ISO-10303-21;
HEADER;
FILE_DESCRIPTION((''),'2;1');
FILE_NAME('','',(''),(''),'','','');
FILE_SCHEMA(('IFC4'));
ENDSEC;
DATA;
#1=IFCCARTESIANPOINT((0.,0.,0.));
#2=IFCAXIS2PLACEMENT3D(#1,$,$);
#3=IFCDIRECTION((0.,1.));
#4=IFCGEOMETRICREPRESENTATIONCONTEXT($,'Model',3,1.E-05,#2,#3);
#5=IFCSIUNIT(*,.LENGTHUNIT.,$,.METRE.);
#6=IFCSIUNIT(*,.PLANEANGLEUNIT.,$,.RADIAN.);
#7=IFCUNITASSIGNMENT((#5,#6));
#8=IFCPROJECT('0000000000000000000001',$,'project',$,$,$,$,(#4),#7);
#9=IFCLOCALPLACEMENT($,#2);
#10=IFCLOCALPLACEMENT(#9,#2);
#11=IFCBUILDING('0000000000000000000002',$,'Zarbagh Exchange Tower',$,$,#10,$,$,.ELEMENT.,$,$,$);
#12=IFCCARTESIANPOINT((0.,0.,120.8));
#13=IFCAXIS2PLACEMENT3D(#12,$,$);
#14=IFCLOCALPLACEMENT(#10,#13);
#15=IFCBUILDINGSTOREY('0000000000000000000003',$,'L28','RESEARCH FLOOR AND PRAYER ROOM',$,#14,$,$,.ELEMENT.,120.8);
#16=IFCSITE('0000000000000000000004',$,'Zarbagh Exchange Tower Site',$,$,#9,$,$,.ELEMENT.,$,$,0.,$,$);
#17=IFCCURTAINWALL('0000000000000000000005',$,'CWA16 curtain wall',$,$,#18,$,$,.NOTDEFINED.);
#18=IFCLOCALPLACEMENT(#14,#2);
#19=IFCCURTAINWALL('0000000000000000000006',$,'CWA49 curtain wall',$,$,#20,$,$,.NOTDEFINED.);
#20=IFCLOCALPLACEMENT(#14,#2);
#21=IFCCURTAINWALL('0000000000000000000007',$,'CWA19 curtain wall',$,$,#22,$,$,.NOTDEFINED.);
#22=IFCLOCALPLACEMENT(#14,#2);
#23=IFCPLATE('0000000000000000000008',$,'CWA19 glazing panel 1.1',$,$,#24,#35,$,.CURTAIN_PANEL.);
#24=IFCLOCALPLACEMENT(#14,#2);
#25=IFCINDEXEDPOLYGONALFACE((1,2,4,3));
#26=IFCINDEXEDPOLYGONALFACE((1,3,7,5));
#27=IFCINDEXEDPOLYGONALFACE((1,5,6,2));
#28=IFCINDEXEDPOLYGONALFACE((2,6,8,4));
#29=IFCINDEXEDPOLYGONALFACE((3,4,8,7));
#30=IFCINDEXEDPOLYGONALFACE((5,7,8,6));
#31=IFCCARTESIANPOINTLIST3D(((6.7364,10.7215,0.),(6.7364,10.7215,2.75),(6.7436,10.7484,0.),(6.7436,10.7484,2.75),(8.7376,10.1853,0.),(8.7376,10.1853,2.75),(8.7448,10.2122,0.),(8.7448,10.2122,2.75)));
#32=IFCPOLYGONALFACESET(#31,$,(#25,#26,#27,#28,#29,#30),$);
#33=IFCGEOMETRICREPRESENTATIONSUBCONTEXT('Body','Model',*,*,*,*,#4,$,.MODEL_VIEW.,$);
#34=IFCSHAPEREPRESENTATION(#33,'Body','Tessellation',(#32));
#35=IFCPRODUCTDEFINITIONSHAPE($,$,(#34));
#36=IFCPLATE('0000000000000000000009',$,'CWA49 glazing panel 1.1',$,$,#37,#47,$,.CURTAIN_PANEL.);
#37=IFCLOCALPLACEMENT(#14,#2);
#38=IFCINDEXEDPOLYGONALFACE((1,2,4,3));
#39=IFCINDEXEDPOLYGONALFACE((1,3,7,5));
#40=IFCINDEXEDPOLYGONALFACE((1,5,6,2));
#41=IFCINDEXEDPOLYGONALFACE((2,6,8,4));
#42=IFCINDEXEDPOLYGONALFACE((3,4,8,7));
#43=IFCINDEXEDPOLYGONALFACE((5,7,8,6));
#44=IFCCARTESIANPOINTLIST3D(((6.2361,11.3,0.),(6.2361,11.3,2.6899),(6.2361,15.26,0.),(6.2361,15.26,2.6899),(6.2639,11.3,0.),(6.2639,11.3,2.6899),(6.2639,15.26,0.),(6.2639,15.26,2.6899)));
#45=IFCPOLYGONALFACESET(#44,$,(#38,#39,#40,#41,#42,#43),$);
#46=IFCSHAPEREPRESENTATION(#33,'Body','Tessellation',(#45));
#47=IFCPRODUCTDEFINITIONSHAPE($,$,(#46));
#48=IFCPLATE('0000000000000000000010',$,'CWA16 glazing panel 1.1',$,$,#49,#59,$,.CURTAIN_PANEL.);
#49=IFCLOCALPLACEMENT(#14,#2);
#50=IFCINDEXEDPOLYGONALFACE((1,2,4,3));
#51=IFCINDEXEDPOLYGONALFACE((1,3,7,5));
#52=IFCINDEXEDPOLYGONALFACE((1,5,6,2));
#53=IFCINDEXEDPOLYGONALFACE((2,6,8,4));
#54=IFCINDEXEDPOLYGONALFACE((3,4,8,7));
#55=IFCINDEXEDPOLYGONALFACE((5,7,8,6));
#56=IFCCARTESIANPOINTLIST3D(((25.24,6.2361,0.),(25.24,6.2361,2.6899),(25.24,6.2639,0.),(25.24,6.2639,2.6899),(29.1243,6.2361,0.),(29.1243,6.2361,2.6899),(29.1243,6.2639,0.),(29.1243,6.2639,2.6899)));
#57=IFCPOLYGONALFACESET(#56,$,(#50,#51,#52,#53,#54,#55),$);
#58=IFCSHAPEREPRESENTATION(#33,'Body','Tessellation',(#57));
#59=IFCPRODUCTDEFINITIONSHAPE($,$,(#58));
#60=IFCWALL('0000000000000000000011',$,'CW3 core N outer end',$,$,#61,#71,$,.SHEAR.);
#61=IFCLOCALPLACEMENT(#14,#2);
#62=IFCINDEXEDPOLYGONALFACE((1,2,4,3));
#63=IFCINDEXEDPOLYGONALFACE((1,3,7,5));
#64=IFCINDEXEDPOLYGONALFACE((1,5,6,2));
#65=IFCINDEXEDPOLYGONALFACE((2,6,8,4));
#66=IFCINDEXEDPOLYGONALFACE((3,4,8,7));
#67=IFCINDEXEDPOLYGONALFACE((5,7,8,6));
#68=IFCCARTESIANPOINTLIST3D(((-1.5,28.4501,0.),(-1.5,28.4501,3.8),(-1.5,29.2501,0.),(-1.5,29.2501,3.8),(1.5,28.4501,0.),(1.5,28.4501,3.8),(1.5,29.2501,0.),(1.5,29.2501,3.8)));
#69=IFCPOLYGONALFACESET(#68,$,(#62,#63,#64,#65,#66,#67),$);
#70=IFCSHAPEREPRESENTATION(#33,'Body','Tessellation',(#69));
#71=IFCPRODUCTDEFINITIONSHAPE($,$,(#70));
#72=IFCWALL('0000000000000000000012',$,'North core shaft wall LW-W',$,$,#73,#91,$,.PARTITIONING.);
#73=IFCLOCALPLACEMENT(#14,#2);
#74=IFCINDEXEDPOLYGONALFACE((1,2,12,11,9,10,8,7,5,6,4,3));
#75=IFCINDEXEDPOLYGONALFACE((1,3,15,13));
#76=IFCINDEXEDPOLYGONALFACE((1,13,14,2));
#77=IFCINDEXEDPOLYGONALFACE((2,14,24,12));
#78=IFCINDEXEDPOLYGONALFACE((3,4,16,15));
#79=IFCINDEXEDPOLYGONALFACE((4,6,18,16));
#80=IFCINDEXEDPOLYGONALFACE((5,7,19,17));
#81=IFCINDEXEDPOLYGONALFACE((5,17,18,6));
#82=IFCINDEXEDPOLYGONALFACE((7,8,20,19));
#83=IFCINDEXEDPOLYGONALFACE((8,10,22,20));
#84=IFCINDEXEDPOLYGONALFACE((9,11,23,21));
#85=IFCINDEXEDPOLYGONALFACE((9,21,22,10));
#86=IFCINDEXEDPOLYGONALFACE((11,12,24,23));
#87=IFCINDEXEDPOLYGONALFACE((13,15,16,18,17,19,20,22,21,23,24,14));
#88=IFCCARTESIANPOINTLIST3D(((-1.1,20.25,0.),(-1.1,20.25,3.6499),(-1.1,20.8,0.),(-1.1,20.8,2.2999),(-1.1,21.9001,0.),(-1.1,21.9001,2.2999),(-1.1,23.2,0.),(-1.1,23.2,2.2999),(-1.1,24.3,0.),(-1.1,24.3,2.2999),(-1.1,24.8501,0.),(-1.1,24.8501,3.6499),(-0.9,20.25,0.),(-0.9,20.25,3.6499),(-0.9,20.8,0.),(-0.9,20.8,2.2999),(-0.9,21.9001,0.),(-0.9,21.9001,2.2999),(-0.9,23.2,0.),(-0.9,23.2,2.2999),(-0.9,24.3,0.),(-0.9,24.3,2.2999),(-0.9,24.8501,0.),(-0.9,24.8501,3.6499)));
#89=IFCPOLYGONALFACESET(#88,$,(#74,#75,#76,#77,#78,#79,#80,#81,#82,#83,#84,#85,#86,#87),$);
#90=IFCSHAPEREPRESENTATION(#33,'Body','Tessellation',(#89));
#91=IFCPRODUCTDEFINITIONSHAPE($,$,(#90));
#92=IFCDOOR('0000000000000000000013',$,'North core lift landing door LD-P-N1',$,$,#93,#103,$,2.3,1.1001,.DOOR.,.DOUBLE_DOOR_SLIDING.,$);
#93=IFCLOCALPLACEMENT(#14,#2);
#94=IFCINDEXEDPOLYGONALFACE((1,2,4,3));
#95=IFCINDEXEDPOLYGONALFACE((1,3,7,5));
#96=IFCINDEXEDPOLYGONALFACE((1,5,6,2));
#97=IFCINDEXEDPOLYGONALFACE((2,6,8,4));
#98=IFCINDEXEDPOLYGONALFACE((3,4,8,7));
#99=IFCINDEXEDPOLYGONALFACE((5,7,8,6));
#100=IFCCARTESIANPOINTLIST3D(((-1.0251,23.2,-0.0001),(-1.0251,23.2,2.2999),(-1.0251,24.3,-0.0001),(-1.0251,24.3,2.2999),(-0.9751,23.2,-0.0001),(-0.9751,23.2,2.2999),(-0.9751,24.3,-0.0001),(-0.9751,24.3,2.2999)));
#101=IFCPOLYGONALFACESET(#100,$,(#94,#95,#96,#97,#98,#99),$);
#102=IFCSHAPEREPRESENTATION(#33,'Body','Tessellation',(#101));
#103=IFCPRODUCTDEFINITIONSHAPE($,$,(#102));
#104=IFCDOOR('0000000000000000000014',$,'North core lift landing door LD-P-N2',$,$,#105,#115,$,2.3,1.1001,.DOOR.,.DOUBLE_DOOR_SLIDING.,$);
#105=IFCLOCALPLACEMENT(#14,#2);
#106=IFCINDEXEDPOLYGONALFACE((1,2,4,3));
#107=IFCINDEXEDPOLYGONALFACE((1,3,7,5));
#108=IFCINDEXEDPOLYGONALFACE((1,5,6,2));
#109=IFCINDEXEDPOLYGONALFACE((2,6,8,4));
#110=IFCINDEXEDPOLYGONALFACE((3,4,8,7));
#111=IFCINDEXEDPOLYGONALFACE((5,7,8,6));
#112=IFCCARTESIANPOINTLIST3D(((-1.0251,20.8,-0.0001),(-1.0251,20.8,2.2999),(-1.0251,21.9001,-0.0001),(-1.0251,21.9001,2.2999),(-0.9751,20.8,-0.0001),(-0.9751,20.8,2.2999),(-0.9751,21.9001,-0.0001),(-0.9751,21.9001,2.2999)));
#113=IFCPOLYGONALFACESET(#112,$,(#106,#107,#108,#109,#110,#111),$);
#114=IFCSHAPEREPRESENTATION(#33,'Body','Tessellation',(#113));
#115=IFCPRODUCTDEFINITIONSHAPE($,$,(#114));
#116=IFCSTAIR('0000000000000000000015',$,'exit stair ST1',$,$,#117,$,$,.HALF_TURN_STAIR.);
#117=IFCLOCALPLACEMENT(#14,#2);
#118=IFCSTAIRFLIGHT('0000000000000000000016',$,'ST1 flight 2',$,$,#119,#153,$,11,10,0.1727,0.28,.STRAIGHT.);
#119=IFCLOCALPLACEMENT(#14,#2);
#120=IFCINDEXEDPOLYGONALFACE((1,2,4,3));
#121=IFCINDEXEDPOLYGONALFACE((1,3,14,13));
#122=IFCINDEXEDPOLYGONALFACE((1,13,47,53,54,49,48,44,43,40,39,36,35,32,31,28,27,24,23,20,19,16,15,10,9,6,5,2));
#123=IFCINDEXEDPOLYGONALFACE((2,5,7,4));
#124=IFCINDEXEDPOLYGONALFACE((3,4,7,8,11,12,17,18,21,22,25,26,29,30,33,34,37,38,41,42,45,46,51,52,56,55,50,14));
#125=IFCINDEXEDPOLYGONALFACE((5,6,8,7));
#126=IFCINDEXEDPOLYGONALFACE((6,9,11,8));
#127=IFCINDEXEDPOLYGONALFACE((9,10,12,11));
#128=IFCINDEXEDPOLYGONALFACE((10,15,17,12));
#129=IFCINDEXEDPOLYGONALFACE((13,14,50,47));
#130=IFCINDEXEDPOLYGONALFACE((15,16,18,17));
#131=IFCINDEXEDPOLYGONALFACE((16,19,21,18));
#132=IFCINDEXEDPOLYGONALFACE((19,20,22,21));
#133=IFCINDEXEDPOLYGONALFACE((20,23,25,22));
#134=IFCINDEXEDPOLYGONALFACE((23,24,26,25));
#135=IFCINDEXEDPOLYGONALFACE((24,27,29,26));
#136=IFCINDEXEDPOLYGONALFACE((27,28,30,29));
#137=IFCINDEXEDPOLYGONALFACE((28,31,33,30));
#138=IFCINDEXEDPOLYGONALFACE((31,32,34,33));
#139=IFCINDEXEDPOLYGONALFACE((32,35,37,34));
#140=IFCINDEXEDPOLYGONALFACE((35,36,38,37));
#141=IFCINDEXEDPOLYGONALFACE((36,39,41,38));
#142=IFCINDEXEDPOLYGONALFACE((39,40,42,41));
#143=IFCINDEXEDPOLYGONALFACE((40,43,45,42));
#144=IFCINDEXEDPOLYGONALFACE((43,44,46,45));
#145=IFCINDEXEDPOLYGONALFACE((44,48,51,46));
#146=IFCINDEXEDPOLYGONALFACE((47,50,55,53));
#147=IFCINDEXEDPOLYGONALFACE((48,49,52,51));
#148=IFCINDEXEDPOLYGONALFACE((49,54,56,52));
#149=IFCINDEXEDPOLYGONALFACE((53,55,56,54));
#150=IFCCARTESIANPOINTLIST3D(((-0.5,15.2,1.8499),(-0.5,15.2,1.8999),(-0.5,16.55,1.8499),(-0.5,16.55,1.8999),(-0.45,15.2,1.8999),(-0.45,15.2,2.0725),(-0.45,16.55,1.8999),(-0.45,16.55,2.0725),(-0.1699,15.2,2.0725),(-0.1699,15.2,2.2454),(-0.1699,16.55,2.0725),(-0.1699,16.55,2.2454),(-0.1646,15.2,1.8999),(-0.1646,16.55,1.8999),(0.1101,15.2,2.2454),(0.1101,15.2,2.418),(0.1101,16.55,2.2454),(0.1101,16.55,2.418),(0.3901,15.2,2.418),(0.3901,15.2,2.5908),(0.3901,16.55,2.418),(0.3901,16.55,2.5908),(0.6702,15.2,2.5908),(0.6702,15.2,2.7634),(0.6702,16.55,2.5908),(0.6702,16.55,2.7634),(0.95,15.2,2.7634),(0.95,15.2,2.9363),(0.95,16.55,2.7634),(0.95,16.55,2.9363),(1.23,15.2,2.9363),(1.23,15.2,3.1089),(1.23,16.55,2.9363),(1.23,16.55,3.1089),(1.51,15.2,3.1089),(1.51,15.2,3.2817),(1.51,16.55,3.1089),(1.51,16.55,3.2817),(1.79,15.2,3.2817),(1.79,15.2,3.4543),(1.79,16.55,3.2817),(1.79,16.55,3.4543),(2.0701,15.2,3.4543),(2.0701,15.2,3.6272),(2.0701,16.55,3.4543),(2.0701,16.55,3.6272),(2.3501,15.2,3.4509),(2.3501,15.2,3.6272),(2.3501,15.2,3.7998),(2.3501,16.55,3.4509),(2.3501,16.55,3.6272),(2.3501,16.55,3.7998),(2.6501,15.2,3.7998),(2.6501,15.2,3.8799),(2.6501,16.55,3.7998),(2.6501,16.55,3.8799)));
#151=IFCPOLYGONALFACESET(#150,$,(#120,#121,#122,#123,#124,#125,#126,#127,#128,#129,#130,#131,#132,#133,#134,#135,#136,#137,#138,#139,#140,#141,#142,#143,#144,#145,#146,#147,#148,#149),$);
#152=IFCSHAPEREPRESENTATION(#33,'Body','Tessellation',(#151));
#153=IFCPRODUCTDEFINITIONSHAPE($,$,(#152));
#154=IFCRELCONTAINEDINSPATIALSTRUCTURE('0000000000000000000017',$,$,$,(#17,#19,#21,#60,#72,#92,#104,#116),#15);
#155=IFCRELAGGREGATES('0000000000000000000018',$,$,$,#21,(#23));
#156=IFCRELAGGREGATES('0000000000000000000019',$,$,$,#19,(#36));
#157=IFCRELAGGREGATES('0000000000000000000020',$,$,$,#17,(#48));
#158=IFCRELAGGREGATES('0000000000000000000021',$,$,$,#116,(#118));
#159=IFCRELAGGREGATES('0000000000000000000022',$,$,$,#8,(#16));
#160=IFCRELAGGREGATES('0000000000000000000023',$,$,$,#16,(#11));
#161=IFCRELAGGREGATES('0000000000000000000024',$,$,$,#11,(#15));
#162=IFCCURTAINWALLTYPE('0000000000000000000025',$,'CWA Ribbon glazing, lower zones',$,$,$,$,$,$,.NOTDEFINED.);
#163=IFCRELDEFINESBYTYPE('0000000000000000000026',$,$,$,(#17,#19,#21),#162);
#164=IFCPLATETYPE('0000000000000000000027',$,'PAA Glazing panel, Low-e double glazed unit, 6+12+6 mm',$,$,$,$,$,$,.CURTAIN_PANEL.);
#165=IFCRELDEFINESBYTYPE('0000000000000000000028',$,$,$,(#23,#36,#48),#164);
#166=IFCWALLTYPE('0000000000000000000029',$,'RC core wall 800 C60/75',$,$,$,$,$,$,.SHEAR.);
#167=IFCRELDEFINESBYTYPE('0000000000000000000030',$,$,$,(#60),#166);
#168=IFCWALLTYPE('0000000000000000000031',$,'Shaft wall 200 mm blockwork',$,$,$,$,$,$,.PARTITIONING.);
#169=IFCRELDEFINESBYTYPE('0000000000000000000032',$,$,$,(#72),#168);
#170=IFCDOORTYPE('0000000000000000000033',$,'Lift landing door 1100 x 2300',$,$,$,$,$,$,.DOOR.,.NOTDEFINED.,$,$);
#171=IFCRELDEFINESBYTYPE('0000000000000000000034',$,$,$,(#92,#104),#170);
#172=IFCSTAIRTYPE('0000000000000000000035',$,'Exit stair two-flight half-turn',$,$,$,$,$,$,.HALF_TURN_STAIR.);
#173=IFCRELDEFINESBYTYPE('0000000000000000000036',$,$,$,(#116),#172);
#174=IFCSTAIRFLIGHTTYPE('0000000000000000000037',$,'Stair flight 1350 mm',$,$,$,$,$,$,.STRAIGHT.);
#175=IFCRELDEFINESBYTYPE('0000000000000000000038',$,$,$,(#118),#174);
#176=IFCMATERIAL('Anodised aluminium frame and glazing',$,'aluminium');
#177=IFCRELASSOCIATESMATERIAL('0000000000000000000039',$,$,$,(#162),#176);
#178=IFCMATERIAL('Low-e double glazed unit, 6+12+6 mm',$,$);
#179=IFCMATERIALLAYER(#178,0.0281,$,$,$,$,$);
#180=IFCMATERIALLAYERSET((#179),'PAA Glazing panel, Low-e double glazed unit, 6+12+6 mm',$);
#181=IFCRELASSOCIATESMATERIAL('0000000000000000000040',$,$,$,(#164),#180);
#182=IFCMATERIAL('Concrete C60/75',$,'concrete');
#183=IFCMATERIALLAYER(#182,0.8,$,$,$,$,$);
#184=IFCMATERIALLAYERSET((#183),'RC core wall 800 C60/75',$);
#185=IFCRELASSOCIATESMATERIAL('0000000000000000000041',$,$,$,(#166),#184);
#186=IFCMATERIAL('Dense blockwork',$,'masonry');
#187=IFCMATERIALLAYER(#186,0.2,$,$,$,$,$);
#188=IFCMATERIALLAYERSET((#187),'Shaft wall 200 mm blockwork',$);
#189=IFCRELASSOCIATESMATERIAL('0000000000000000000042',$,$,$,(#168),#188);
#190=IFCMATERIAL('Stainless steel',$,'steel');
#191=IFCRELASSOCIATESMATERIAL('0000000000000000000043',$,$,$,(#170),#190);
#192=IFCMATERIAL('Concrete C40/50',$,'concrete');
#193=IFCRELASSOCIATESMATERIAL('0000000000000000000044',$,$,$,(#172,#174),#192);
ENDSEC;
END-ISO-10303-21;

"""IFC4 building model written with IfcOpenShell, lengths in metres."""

from ifc_helpers import new_model, si_unit, direction, frame, frame_2d, origin, place, context, subcontext, project, spatial, polyline, rectangle, outline, extrude, source, transform, mapped, material, layer, layer_set, type_object, element, fill, aggregate, save


model = new_model("IFC4")

# Units and contexts
model_context = context("Model", 3, precision=1e-05, world=origin(), true_north=direction((0.0, 1.0)))
body_context = subcontext(model_context, "Body", "Model", "MODEL_VIEW")
ifc_project = project(units=[si_unit("LENGTHUNIT", "METRE"), si_unit("PLANEANGLEUNIT", "RADIAN")], contexts=[model_context])

# Site, building, storey
site_placement = place(None, origin())
site = spatial("IfcSite", under=ifc_project, at=site_placement, Name="Zarbagh Exchange Tower Site", CompositionType="ELEMENT", RefElevation=0.0)
building_placement = place(site_placement, origin())
building = spatial("IfcBuilding", under=site, at=building_placement, Name="Zarbagh Exchange Tower", CompositionType="ELEMENT")
storey_placement = place(building_placement, frame((0.0, 0.0, 120.8)))
storey = spatial("IfcBuildingStorey", under=building, at=storey_placement, Name="L28", Description="RESEARCH FLOOR AND PRAYER ROOM", CompositionType="ELEMENT", Elevation=120.8)

# Curtain wall
ifc_material_1 = material(Name="Anodised aluminium frame and glazing", Category="aluminium")
curtain_wall_type = type_object("IfcCurtainWallType", Name="CWA Ribbon glazing, lower zones", PredefinedType="NOTDEFINED", material=ifc_material_1)
curtain_wall_1_placement = place(storey_placement, origin())
curtain_wall_1 = element("IfcCurtainWall", 1, at=curtain_wall_1_placement, inside=storey, type_object=curtain_wall_type, Name="CWA16 curtain wall", PredefinedType="NOTDEFINED")
placement = place(storey_placement, origin())

# Curtain wall
curtain_wall_2_placement = place(storey_placement, origin())
curtain_wall_2 = element("IfcCurtainWall", 2, at=curtain_wall_2_placement, inside=storey, type_object=curtain_wall_type, Name="CWA49 curtain wall", PredefinedType="NOTDEFINED")

# Shared definitions
ifc_material_2 = material(Name="Low-e double glazed unit, 6+12+6 mm")
ifc_layer_1 = layer(ifc_material_2, 0.0281)
ifc_layer_set_1 = layer_set([ifc_layer_1], Name="PAA Glazing panel, Low-e double glazed unit, 6+12+6 mm")
plate_type = type_object("IfcPlateType", Name="PAA Glazing panel, Low-e double glazed unit, 6+12+6 mm", PredefinedType="CURTAIN_PANEL", material=ifc_layer_set_1)

# Curtain wall, plate
curtain_wall_3_placement = place(storey_placement, origin())
curtain_wall_3 = element("IfcCurtainWall", 3, at=curtain_wall_3_placement, inside=storey, type_object=curtain_wall_type, Name="CWA19 curtain wall", PredefinedType="NOTDEFINED")
shared_shape_1 = source(origin(), body_context, "Body", "SweptSolid", [
    extrude(outline(polyline([(0.0, -0.0139), (2.0718, -0.0139), (2.0718, 0.0139), (0.0, 0.0139), (0.0, -0.0139)])), origin(), (0.0, 0.0, 1.0), 2.75),
])
plate_1 = element("IfcPlate", 4, at=placement, type_object=plate_type, Name="CWA19 glazing panel 1.1", PredefinedType="CURTAIN_PANEL", context=body_context, shape_type="MappedRepresentation", body=[
    mapped(shared_shape_1, transform((8.7412, 10.1987, 0.0), x_axis=(-0.965924, 0.258825, 0.0), y_axis=(-0.258825, -0.965924, 0.0), z_axis=(0.0, 0.0, 1.0))),
])
aggregate(curtain_wall_3, [plate_1])

# Plates
shared_shape_2 = source(origin(), body_context, "Body", "SweptSolid", [
    extrude(outline(polyline([(0.0, -0.0139), (3.96, -0.0139), (3.96, 0.0139), (0.0, 0.0139), (0.0, -0.0139)])), origin(), (0.0, 0.0, 1.0), 2.6899),
])
plate_2 = element("IfcPlate", 5, at=placement, type_object=plate_type, Name="CWA49 glazing panel 1.1", PredefinedType="CURTAIN_PANEL", context=body_context, shape_type="MappedRepresentation", body=[
    mapped(shared_shape_2, transform((6.25, 11.3, 0.0), x_axis=(0.0, 1.0, 0.0), y_axis=(-1.0, 0.0, 0.0), z_axis=(0.0, 0.0, 1.0))),
])
aggregate(curtain_wall_2, [plate_2])
shared_shape_3 = source(origin(), body_context, "Body", "SweptSolid", [
    extrude(outline(polyline([(0.0, -0.0139), (3.8843, -0.0139), (3.8843, 0.0139), (0.0, 0.0139), (0.0, -0.0139)])), origin(), (0.0, 0.0, 1.0), 2.6899),
])
plate_3 = element("IfcPlate", 6, at=placement, type_object=plate_type, Name="CWA16 glazing panel 1.1", PredefinedType="CURTAIN_PANEL", context=body_context, shape_type="MappedRepresentation", body=[
    mapped(shared_shape_3, transform((29.1243, 6.25, 0.0), x_axis=(-1.0, 0.0, 0.0), y_axis=(0.0, -1.0, 0.0), z_axis=(0.0, 0.0, 1.0))),
])
aggregate(curtain_wall_1, [plate_3])

# Wall
ifc_material_3 = material(Name="Concrete C60/75", Category="concrete")
ifc_layer_2 = layer(ifc_material_3, 0.8)
ifc_layer_set_2 = layer_set([ifc_layer_2], Name="RC core wall 800 C60/75")
wall_type_1 = type_object("IfcWallType", Name="RC core wall 800 C60/75", PredefinedType="SHEAR", material=ifc_layer_set_2)
wall_1_placement = place(storey_placement, frame((-1.5, 28.8501, 0.0), z_axis=(0.0, 0.0, 1.0), x_axis=(1.0, 0.0, 0.0)))
element("IfcWall", 7, at=wall_1_placement, inside=storey, type_object=wall_type_1, Name="CW3 core N outer end", PredefinedType="SHEAR", context=body_context, shape_type="SweptSolid", body=[
    extrude(rectangle(XDim=3.0, YDim=0.8, at=frame_2d((1.5, 0.0))), origin(), (0.0, 0.0, 1.0), 3.8),
])

# Wall, openings, doors
ifc_material_4 = material(Name="Dense blockwork", Category="masonry")
ifc_layer_3 = layer(ifc_material_4, 0.2)
ifc_layer_set_3 = layer_set([ifc_layer_3], Name="Shaft wall 200 mm blockwork")
wall_type_2 = type_object("IfcWallType", Name="Shaft wall 200 mm blockwork", PredefinedType="PARTITIONING", material=ifc_layer_set_3)
wall_2_placement = place(storey_placement, frame((-1.0, 24.8501, 0.0), z_axis=(0.0, 0.0, 1.0), x_axis=(0.0, -1.0, 0.0)))
wall_2 = element("IfcWall", 8, at=wall_2_placement, inside=storey, type_object=wall_type_2, Name="North core shaft wall LW-W", PredefinedType="PARTITIONING", context=body_context, shape_type="SweptSolid", body=[
    extrude(rectangle(XDim=4.6001, YDim=0.2, at=frame_2d((2.3, 0.0))), origin(), (0.0, 0.0, 1.0), 3.6499),
])
opening_1_placement = place(wall_2_placement, frame((0.55, 0.0, 0.0)))
opening_1 = element("IfcOpeningElement", 9, at=opening_1_placement, cuts=wall_2, PredefinedType="OPENING", context=body_context, shape_type="SweptSolid", body=[
    extrude(rectangle(XDim=1.1001, YDim=2.3, at=frame_2d((0.55, 1.1499))), frame((0.0, 0.1099, 0.0), z_axis=(0.0, -1.0, 0.0), x_axis=(1.0, 0.0, 0.0)), (0.0, 0.0, 1.0), 0.22),
])
opening_2_placement = place(wall_2_placement, frame((2.95, 0.0, 0.0)))
opening_2 = element("IfcOpeningElement", 10, at=opening_2_placement, cuts=wall_2, PredefinedType="OPENING", context=body_context, shape_type="SweptSolid", body=[
    extrude(rectangle(XDim=1.1001, YDim=2.3, at=frame_2d((0.55, 1.1499))), frame((0.0, 0.1099, 0.0), z_axis=(0.0, -1.0, 0.0), x_axis=(1.0, 0.0, 0.0)), (0.0, 0.0, 1.0), 0.22),
])
ifc_material_5 = material(Name="Stainless steel", Category="steel")
door_type = type_object("IfcDoorType", Name="Lift landing door 1100 x 2300", OperationType="NOTDEFINED", PredefinedType="DOOR", material=ifc_material_5)
door_1_placement = place(opening_1_placement, origin())
door_1 = element("IfcDoor", 11, at=door_1_placement, inside=storey, type_object=door_type, Name="North core lift landing door LD-P-N1", OperationType="DOUBLE_DOOR_SLIDING", OverallHeight=2.3, OverallWidth=1.1001, PredefinedType="DOOR", context=body_context, shape_type="SweptSolid", body=[
    extrude(rectangle(XDim=1.1001, YDim=2.3, at=frame_2d((0.55, 1.1499))), frame((0.0, 0.0249, 0.0), z_axis=(0.0, -1.0, 0.0), x_axis=(1.0, 0.0, 0.0)), (0.0, 0.0, 1.0), 0.05),
])
fill(opening_1, door_1)
door_2_placement = place(opening_2_placement, origin())
door_2 = element("IfcDoor", 12, at=door_2_placement, inside=storey, type_object=door_type, Name="North core lift landing door LD-P-N2", OperationType="DOUBLE_DOOR_SLIDING", OverallHeight=2.3, OverallWidth=1.1001, PredefinedType="DOOR", context=body_context, shape_type="SweptSolid", body=[
    extrude(rectangle(XDim=1.1001, YDim=2.3, at=frame_2d((0.55, 1.1499))), frame((0.0, 0.0249, 0.0), z_axis=(0.0, -1.0, 0.0), x_axis=(1.0, 0.0, 0.0)), (0.0, 0.0, 1.0), 0.05),
])
fill(opening_2, door_2)

# Stair, stair flight
ifc_material_6 = material(Name="Concrete C40/50", Category="concrete")
stair_type = type_object("IfcStairType", Name="Exit stair two-flight half-turn", PredefinedType="HALF_TURN_STAIR", material=ifc_material_6)
stair_1_placement = place(storey_placement, origin())
stair_1 = element("IfcStair", 13, at=stair_1_placement, inside=storey, type_object=stair_type, Name="exit stair ST1", PredefinedType="HALF_TURN_STAIR")
stair_flight_type_1 = type_object("IfcStairFlightType", Name="Stair flight 1350 mm", PredefinedType="STRAIGHT", material=ifc_material_6)
stair_flight_1_placement = place(storey_placement, frame((-0.45, 15.875, 1.8999), z_axis=(0.0, 0.0, 1.0), x_axis=(1.0, 0.0, 0.0)))
stair_flight_1 = element("IfcStairFlight", 14, at=stair_flight_1_placement, type_object=stair_flight_type_1, Name="ST1 flight 2", NumberOfRisers=11, NumberOfTreads=10, PredefinedType="STRAIGHT", RiserHeight=0.1727, TreadLength=0.28, context=body_context, shape_type="SweptSolid", body=[
    extrude(outline(polyline([(-0.05, -0.05), (-0.05, 0.0), (0.0, 0.0), (0.0, 0.1726), (0.28, 0.1726), (0.28, 0.3455), (0.5601, 0.3455), (0.5601, 0.5181), (0.8401, 0.5181), (0.8401, 0.6909), (1.1201, 0.6909), (1.1201, 0.8635), (1.3999, 0.8635), (1.3999, 1.0364), (1.6799, 1.0364), (1.6799, 1.209), (1.96, 1.209), (1.96, 1.3818), (2.24, 1.3818), (2.24, 1.5544), (2.52, 1.5544), (2.52, 1.7273), (2.8, 1.7273), (2.8, 1.8999), (3.1001, 1.98), (3.1001, 1.8999), (2.8, 1.551), (0.2854, 0.0), (-0.05, -0.05)])), frame((0.0, 0.675, 0.0), z_axis=(0.0, -1.0, 0.0), x_axis=(1.0, 0.0, 0.0)), (0.0, 0.0, 1.0), 1.3501),
])
aggregate(stair_1, [stair_flight_1])

save(model, "model.ifc")
